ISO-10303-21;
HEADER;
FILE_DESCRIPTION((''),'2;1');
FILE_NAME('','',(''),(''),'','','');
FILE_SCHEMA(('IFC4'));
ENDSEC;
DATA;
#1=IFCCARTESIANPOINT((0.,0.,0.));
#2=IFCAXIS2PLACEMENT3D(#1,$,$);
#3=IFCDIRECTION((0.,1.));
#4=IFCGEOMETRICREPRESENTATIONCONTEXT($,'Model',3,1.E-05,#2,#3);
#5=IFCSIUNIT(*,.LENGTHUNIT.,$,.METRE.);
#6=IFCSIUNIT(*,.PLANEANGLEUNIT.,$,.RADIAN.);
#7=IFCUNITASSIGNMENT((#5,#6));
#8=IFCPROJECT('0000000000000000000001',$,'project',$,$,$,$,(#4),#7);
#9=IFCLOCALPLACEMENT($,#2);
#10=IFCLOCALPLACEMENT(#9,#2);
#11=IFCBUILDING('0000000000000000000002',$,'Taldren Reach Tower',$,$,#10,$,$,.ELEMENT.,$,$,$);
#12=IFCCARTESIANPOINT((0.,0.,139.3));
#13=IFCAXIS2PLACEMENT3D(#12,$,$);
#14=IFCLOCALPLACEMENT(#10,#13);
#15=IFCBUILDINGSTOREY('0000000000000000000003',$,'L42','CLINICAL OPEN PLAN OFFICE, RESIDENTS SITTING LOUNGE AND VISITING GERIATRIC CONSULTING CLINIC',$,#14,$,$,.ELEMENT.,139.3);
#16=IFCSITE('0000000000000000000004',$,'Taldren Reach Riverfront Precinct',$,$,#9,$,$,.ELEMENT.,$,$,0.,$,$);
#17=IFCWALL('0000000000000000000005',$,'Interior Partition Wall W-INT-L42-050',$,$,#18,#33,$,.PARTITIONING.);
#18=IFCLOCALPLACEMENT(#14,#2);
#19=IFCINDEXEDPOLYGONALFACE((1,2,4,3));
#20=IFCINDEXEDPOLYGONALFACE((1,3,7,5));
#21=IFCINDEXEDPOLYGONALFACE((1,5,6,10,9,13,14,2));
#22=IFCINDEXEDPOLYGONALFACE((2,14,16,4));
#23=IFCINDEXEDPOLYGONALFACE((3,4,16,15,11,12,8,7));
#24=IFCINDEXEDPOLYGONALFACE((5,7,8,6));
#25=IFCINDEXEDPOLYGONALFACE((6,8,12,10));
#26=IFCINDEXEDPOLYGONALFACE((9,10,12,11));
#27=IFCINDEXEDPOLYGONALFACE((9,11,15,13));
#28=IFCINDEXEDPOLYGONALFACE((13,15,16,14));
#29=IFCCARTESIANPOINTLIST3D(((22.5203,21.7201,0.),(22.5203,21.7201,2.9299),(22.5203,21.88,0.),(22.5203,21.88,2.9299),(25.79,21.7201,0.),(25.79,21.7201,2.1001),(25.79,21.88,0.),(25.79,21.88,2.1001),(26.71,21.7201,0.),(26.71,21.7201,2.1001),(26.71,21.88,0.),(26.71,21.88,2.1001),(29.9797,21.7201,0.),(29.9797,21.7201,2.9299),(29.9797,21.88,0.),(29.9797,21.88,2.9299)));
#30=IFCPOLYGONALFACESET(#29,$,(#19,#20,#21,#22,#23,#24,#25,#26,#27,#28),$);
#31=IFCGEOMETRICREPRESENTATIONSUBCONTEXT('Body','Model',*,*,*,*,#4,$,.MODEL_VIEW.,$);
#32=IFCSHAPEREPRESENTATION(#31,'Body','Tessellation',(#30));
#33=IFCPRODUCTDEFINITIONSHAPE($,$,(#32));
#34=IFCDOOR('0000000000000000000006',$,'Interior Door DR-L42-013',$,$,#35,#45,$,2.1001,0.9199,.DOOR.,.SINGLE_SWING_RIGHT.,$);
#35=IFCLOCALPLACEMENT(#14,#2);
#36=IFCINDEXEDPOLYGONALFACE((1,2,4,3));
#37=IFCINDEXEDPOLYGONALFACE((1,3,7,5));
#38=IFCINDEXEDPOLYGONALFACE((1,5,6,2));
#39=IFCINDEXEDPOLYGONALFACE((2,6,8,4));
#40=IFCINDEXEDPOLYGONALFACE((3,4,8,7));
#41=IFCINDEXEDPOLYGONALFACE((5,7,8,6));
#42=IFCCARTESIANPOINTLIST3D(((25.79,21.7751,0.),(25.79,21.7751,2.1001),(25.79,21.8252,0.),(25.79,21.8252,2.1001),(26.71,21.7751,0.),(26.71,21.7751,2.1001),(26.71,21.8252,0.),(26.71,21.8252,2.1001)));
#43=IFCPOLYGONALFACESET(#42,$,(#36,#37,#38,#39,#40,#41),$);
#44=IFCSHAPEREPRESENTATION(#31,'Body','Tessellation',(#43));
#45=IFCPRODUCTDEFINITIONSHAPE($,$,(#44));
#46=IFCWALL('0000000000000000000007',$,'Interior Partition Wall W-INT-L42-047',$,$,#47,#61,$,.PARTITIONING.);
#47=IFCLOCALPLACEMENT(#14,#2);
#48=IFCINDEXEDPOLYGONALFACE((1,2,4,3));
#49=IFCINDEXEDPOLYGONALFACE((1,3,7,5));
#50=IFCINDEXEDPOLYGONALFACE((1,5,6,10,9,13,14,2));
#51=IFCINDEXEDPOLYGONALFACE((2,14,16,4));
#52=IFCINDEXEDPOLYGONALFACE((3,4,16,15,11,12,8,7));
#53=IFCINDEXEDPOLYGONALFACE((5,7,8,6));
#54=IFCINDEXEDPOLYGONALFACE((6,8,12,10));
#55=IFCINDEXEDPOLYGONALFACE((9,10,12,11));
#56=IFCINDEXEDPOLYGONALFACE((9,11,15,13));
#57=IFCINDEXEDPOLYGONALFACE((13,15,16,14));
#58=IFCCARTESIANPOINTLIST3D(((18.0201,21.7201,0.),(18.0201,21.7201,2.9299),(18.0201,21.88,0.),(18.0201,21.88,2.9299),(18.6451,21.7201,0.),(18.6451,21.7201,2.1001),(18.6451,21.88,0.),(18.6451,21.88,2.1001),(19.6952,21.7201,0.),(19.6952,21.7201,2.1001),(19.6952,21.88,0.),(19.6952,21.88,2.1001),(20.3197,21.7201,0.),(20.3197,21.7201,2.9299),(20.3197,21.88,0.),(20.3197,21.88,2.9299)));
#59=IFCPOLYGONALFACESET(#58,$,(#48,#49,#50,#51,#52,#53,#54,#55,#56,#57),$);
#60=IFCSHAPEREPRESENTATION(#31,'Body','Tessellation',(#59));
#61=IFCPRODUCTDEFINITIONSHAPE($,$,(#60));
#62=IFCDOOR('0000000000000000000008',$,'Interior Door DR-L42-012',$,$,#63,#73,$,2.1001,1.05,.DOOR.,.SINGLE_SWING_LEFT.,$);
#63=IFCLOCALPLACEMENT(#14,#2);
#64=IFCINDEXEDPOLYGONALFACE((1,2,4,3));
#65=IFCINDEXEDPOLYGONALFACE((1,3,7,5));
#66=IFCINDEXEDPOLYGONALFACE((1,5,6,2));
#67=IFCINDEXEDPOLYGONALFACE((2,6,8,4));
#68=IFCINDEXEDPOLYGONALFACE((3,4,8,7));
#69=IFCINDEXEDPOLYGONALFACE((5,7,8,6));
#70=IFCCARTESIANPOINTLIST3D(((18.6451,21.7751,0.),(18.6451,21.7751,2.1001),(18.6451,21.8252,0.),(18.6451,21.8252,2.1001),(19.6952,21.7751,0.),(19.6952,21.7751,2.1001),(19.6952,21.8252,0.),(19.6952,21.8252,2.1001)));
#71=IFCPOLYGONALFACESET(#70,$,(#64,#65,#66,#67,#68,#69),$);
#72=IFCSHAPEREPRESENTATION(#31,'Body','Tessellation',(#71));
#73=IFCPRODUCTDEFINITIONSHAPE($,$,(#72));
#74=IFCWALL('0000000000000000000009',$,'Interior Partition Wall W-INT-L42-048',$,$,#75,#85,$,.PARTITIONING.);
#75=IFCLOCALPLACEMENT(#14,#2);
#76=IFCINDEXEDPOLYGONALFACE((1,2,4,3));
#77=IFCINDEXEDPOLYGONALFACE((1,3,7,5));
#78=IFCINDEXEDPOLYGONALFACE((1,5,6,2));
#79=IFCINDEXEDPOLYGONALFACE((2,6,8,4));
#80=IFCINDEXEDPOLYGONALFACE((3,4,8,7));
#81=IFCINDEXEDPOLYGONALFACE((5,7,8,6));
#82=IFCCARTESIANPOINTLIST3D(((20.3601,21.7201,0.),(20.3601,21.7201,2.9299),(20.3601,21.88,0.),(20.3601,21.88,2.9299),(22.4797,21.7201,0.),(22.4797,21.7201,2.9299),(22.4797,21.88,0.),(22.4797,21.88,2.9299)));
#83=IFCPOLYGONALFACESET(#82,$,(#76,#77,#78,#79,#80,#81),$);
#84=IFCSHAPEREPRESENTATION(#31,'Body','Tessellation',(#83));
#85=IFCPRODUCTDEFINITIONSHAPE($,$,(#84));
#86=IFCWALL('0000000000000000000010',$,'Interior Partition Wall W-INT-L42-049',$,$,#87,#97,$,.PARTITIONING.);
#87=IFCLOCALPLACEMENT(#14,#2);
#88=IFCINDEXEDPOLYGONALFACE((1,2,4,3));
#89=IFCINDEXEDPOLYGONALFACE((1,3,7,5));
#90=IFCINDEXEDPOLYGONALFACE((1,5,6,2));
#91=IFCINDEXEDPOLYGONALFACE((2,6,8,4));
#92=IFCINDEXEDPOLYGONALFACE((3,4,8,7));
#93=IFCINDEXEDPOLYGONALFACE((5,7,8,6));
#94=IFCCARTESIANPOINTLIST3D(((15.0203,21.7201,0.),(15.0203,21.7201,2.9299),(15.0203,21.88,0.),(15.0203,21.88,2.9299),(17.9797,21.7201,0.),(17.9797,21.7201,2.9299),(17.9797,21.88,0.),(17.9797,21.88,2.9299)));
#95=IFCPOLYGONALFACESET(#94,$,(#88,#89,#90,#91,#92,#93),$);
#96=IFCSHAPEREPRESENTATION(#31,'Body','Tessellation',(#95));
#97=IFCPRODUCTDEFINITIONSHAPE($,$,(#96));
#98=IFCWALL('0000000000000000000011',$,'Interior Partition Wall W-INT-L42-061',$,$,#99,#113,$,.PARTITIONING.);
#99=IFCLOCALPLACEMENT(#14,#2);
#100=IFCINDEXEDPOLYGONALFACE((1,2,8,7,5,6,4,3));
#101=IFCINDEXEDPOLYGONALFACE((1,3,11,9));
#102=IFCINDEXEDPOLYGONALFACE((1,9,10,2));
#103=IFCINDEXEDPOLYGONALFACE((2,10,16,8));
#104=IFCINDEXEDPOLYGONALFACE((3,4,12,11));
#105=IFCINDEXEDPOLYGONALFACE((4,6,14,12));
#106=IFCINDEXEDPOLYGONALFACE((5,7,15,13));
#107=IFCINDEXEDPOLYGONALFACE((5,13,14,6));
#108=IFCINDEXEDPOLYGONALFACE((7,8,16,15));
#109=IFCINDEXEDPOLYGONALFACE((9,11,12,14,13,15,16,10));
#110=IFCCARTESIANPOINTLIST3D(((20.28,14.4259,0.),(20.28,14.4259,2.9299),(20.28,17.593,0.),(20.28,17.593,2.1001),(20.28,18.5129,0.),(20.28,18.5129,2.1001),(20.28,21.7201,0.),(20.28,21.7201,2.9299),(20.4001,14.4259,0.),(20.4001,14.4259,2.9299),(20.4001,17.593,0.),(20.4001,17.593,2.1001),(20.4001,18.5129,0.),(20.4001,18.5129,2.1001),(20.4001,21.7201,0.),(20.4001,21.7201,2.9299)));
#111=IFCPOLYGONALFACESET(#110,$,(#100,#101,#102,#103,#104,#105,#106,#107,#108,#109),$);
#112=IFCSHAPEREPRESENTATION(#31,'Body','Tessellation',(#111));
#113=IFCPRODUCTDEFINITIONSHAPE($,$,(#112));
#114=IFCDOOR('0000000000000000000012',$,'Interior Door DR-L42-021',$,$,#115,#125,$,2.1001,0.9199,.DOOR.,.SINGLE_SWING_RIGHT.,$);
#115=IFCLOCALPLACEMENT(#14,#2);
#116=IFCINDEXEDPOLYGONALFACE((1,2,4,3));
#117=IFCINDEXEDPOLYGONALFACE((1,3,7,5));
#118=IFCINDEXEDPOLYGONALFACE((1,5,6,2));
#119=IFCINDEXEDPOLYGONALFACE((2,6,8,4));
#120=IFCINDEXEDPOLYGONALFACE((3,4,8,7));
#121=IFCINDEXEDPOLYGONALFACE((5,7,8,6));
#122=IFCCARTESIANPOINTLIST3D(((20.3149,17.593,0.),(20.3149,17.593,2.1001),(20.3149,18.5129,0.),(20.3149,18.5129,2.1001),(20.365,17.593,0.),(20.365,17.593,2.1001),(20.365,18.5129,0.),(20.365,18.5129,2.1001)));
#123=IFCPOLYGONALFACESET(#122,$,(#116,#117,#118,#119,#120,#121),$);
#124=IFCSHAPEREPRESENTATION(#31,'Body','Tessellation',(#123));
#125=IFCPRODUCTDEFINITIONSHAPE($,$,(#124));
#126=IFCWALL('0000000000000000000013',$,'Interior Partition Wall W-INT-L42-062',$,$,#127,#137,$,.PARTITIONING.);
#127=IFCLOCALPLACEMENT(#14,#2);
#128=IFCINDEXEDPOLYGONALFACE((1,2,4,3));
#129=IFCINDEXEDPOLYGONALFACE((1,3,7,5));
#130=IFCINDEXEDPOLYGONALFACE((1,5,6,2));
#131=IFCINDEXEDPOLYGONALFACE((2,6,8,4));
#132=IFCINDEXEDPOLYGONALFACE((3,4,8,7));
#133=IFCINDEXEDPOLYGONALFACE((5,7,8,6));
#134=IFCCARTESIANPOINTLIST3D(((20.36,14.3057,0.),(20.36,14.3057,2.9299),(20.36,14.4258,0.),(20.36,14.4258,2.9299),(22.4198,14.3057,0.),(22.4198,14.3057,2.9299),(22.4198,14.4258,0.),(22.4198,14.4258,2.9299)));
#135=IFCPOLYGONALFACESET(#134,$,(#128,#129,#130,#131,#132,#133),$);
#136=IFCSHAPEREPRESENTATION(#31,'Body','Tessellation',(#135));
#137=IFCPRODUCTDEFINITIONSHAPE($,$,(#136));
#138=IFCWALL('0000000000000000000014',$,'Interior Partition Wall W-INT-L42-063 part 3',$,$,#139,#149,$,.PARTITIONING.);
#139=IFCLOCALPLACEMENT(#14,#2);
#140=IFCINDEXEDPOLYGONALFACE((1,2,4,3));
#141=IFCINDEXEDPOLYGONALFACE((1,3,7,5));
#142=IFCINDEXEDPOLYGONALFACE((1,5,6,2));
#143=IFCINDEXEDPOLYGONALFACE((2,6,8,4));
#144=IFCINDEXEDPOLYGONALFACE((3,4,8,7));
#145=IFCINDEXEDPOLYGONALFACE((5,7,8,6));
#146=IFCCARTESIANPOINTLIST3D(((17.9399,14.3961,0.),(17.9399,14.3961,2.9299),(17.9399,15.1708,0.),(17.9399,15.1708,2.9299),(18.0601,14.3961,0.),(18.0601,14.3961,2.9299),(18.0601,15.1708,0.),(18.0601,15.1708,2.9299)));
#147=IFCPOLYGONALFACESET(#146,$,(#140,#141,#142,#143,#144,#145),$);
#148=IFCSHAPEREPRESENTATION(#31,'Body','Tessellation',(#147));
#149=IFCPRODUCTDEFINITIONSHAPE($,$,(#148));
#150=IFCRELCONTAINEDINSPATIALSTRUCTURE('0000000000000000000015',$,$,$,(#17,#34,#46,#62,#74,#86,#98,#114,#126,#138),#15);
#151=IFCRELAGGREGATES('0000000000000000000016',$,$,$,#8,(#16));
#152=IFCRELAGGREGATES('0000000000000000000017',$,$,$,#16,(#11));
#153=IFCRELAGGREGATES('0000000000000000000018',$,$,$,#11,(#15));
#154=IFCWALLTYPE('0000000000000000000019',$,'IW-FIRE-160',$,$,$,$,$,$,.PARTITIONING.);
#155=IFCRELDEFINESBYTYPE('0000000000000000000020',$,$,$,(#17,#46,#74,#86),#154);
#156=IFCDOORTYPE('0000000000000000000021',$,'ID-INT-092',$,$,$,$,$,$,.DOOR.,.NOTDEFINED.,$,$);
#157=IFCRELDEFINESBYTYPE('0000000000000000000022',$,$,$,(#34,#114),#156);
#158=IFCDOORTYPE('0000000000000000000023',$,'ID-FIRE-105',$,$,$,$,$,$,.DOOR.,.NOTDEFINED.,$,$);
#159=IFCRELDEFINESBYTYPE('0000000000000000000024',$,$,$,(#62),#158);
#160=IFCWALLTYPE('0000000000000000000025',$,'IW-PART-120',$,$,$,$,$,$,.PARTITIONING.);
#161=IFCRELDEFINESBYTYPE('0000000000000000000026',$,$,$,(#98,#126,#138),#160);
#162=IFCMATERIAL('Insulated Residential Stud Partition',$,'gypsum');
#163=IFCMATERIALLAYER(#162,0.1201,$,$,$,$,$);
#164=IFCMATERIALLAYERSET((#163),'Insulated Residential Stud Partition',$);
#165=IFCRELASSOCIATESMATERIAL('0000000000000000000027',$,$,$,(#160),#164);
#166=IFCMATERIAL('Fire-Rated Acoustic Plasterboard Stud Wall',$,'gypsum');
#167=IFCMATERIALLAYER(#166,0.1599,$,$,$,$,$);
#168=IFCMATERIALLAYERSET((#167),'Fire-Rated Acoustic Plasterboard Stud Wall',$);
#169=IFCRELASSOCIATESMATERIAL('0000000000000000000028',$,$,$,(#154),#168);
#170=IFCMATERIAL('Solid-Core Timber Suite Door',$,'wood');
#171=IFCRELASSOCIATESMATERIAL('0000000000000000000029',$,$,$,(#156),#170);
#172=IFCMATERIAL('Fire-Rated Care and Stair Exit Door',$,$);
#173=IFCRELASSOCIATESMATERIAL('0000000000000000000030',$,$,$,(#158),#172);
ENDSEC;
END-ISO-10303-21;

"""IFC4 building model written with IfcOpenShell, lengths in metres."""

from ifc_helpers import new_model, si_unit, direction, frame, frame_2d, origin, place, context, subcontext, project, spatial, rectangle, extrude, source, transform, mapped, material, layer, layer_set, type_object, element, fill, save


model = new_model("IFC4")

# Units and contexts
model_context = context("Model", 3, precision=1e-05, world=origin(), true_north=direction((0.0, 1.0)))
body_context = subcontext(model_context, "Body", "Model", "MODEL_VIEW")
ifc_project = project(units=[si_unit("LENGTHUNIT", "METRE"), si_unit("PLANEANGLEUNIT", "RADIAN")], contexts=[model_context])

# Site, building, storey
site_placement = place(None, origin())
site = spatial("IfcSite", under=ifc_project, at=site_placement, Name="Taldren Reach Riverfront Precinct", CompositionType="ELEMENT", RefElevation=0.0)
building_placement = place(site_placement, origin())
building = spatial("IfcBuilding", under=site, at=building_placement, Name="Taldren Reach Tower", CompositionType="ELEMENT")
storey_placement = place(building_placement, frame((0.0, 0.0, 139.3)))
storey = spatial("IfcBuildingStorey", under=building, at=storey_placement, Name="L42", Description="CLINICAL OPEN PLAN OFFICE, RESIDENTS SITTING LOUNGE AND VISITING GERIATRIC CONSULTING CLINIC", CompositionType="ELEMENT", Elevation=139.3)

# Shared definitions
ifc_material_1 = material(Name="Insulated Residential Stud Partition", Category="gypsum")
ifc_layer_1 = layer(ifc_material_1, 0.1201)
ifc_layer_set_1 = layer_set([ifc_layer_1], Name="Insulated Residential Stud Partition")
wall_type_1 = type_object("IfcWallType", Name="IW-PART-120", PredefinedType="PARTITIONING", material=ifc_layer_set_1)

# Walls, openings, doors
ifc_material_2 = material(Name="Fire-Rated Acoustic Plasterboard Stud Wall", Category="gypsum")
ifc_layer_2 = layer(ifc_material_2, 0.1599)
ifc_layer_set_2 = layer_set([ifc_layer_2], Name="Fire-Rated Acoustic Plasterboard Stud Wall")
wall_type_2 = type_object("IfcWallType", Name="IW-FIRE-160", PredefinedType="PARTITIONING", material=ifc_layer_set_2)
shared_shape_1 = source(origin(), body_context, "Body", "SweptSolid", [
    extrude(rectangle(XDim=7.4595, YDim=0.1599, at=frame_2d((3.7297, 0.0))), origin(), (0.0, 0.0, 1.0), 2.9299),
])
wall_1_placement = place(storey_placement, frame((29.9797, 21.8, 0.0), z_axis=(0.0, 0.0, 1.0), x_axis=(-1.0, 0.0, 0.0)))
wall_1 = element("IfcWall", 1, at=wall_1_placement, inside=storey, type_object=wall_type_2, Name="Interior Partition Wall W-INT-L42-050", PredefinedType="PARTITIONING", context=body_context, shape_type="MappedRepresentation", body=[
    mapped(shared_shape_1, transform((0.0, 0.0, 0.0), scale=1.0)),
])
shared_shape_2 = source(origin(), body_context, "Body", "SweptSolid", [
    extrude(rectangle(XDim=0.9199, YDim=2.1001, at=frame_2d((0.46, 1.05))), frame((0.0, 0.0898, 0.0), z_axis=(0.0, -1.0, 0.0), x_axis=(1.0, 0.0, 0.0)), (0.0, 0.0, 1.0), 0.1799),
])
opening_1_placement = place(wall_1_placement, frame((3.2698, 0.0, 0.0)))
opening_1 = element("IfcOpeningElement", 2, at=opening_1_placement, cuts=wall_1, PredefinedType="OPENING", context=body_context, shape_type="MappedRepresentation", body=[
    mapped(shared_shape_2, transform((0.0, 0.0, 0.0), scale=1.0)),
])
ifc_material_3 = material(Name="Solid-Core Timber Suite Door", Category="wood")
door_type_1 = type_object("IfcDoorType", Name="ID-INT-092", OperationType="NOTDEFINED", PredefinedType="DOOR", material=ifc_material_3)
shared_shape_3 = source(origin(), body_context, "Body", "SweptSolid", [
    extrude(rectangle(XDim=0.9199, YDim=2.1001, at=frame_2d((0.46, 1.05))), frame((0.0, 0.0249, 0.0), z_axis=(0.0, -1.0, 0.0), x_axis=(1.0, 0.0, 0.0)), (0.0, 0.0, 1.0), 0.05),
])
door_1_placement = place(opening_1_placement, origin())
door_1 = element("IfcDoor", 3, at=door_1_placement, inside=storey, type_object=door_type_1, Name="Interior Door DR-L42-013", OperationType="SINGLE_SWING_RIGHT", OverallHeight=2.1001, OverallWidth=0.9199, PredefinedType="DOOR", context=body_context, shape_type="MappedRepresentation", body=[
    mapped(shared_shape_3, transform((0.0, 0.0, 0.0), scale=1.0)),
])
fill(opening_1, door_1)
shared_shape_4 = source(origin(), body_context, "Body", "SweptSolid", [
    extrude(rectangle(XDim=2.2996, YDim=0.1599, at=frame_2d((1.1499, 0.0))), origin(), (0.0, 0.0, 1.0), 2.9299),
])
wall_2_placement = place(storey_placement, frame((20.3198, 21.8, 0.0), z_axis=(0.0, 0.0, 1.0), x_axis=(-1.0, 0.0, 0.0)))
wall_2 = element("IfcWall", 4, at=wall_2_placement, inside=storey, type_object=wall_type_2, Name="Interior Partition Wall W-INT-L42-047", PredefinedType="PARTITIONING", context=body_context, shape_type="MappedRepresentation", body=[
    mapped(shared_shape_4, transform((0.0, 0.0, 0.0), scale=1.0)),
])
shared_shape_5 = source(origin(), body_context, "Body", "SweptSolid", [
    extrude(rectangle(XDim=1.05, YDim=2.1001, at=frame_2d((0.5249, 1.05))), frame((0.0, 0.0898, 0.0), z_axis=(0.0, -1.0, 0.0), x_axis=(1.0, 0.0, 0.0)), (0.0, 0.0, 1.0), 0.1799),
])
opening_2_placement = place(wall_2_placement, frame((0.6248, 0.0, 0.0)))
opening_2 = element("IfcOpeningElement", 5, at=opening_2_placement, cuts=wall_2, PredefinedType="OPENING", context=body_context, shape_type="MappedRepresentation", body=[
    mapped(shared_shape_5, transform((0.0, 0.0, 0.0), scale=1.0)),
])
ifc_material_4 = material(Name="Fire-Rated Care and Stair Exit Door")
door_type_2 = type_object("IfcDoorType", Name="ID-FIRE-105", OperationType="NOTDEFINED", PredefinedType="DOOR", material=ifc_material_4)
shared_shape_6 = source(origin(), body_context, "Body", "SweptSolid", [
    extrude(rectangle(XDim=1.05, YDim=2.1001, at=frame_2d((0.5249, 1.05))), frame((0.0, 0.0249, 0.0), z_axis=(0.0, -1.0, 0.0), x_axis=(1.0, 0.0, 0.0)), (0.0, 0.0, 1.0), 0.05),
])
door_2_placement = place(opening_2_placement, origin())
door_2 = element("IfcDoor", 6, at=door_2_placement, inside=storey, type_object=door_type_2, Name="Interior Door DR-L42-012", OperationType="SINGLE_SWING_LEFT", OverallHeight=2.1001, OverallWidth=1.05, PredefinedType="DOOR", context=body_context, shape_type="MappedRepresentation", body=[
    mapped(shared_shape_6, transform((0.0, 0.0, 0.0), scale=1.0)),
])
fill(opening_2, door_2)

# Walls
shared_shape_7 = source(origin(), body_context, "Body", "SweptSolid", [
    extrude(rectangle(XDim=2.1196, YDim=0.1599, at=frame_2d((1.0598, 0.0))), origin(), (0.0, 0.0, 1.0), 2.9299),
])
wall_3_placement = place(storey_placement, frame((22.4797, 21.8, 0.0), z_axis=(0.0, 0.0, 1.0), x_axis=(-1.0, 0.0, 0.0)))
element("IfcWall", 7, at=wall_3_placement, inside=storey, type_object=wall_type_2, Name="Interior Partition Wall W-INT-L42-048", PredefinedType="PARTITIONING", context=body_context, shape_type="MappedRepresentation", body=[
    mapped(shared_shape_7, transform((0.0, 0.0, 0.0), scale=1.0)),
])
shared_shape_8 = source(origin(), body_context, "Body", "SweptSolid", [
    extrude(rectangle(XDim=2.9595, YDim=0.1599, at=frame_2d((1.4797, 0.0))), origin(), (0.0, 0.0, 1.0), 2.9299),
])
wall_4_placement = place(storey_placement, frame((17.9797, 21.8, 0.0), z_axis=(0.0, 0.0, 1.0), x_axis=(-1.0, 0.0, 0.0)))
element("IfcWall", 8, at=wall_4_placement, inside=storey, type_object=wall_type_2, Name="Interior Partition Wall W-INT-L42-049", PredefinedType="PARTITIONING", context=body_context, shape_type="MappedRepresentation", body=[
    mapped(shared_shape_8, transform((0.0, 0.0, 0.0), scale=1.0)),
])

# Wall, opening, door
shared_shape_9 = source(origin(), body_context, "Body", "SweptSolid", [
    extrude(rectangle(XDim=7.2942, YDim=0.1201, at=frame_2d((3.647, 0.0))), origin(), (0.0, 0.0, 1.0), 2.9299),
])
wall_5_placement = place(storey_placement, frame((20.3401, 21.72, 0.0), z_axis=(0.0, 0.0, 1.0), x_axis=(0.0, -1.0, 0.0)))
wall_5 = element("IfcWall", 9, at=wall_5_placement, inside=storey, type_object=wall_type_1, Name="Interior Partition Wall W-INT-L42-061", PredefinedType="PARTITIONING", context=body_context, shape_type="MappedRepresentation", body=[
    mapped(shared_shape_9, transform((0.0, 0.0, 0.0), scale=1.0)),
])
shared_shape_10 = source(origin(), body_context, "Body", "SweptSolid", [
    extrude(rectangle(XDim=0.9199, YDim=2.1001, at=frame_2d((0.46, 1.05))), frame((0.0, 0.0701, 0.0), z_axis=(0.0, -1.0, 0.0), x_axis=(1.0, 0.0, 0.0)), (0.0, 0.0, 1.0), 0.1401),
])
opening_3_placement = place(wall_5_placement, frame((3.207, 0.0, 0.0)))
opening_3 = element("IfcOpeningElement", 10, at=opening_3_placement, cuts=wall_5, PredefinedType="OPENING", context=body_context, shape_type="MappedRepresentation", body=[
    mapped(shared_shape_10, transform((0.0, 0.0, 0.0), scale=1.0)),
])
door_3_placement = place(opening_3_placement, origin())
door_3 = element("IfcDoor", 11, at=door_3_placement, inside=storey, type_object=door_type_1, Name="Interior Door DR-L42-021", OperationType="SINGLE_SWING_RIGHT", OverallHeight=2.1001, OverallWidth=0.9199, PredefinedType="DOOR", context=body_context, shape_type="MappedRepresentation", body=[
    mapped(shared_shape_3, transform((0.0, 0.0, 0.0), scale=1.0)),
])
fill(opening_3, door_3)

# Walls
shared_shape_11 = source(origin(), body_context, "Body", "SweptSolid", [
    extrude(rectangle(XDim=2.0598, YDim=0.1201, at=frame_2d((1.0298, 0.0))), origin(), (0.0, 0.0, 1.0), 2.9299),
])
wall_6_placement = place(storey_placement, frame((20.3601, 14.3657, 0.0), z_axis=(0.0, 0.0, 1.0), x_axis=(1.0, 0.0, 0.0)))
element("IfcWall", 12, at=wall_6_placement, inside=storey, type_object=wall_type_1, Name="Interior Partition Wall W-INT-L42-062", PredefinedType="PARTITIONING", context=body_context, shape_type="MappedRepresentation", body=[
    mapped(shared_shape_11, transform((0.0, 0.0, 0.0), scale=1.0)),
])
shared_shape_12 = source(origin(), body_context, "Body", "SweptSolid", [
    extrude(rectangle(XDim=0.7747, YDim=0.1201, at=frame_2d((0.3872, 0.0))), origin(), (0.0, 0.0, 1.0), 2.9299),
])
wall_7_placement = place(storey_placement, frame((18.0, 14.3962, 0.0), z_axis=(0.0, 0.0, 1.0), x_axis=(0.0, 1.0, 0.0)))
element("IfcWall", 13, at=wall_7_placement, inside=storey, type_object=wall_type_1, Name="Interior Partition Wall W-INT-L42-063 part 3", PredefinedType="PARTITIONING", context=body_context, shape_type="MappedRepresentation", body=[
    mapped(shared_shape_12, transform((0.0, 0.0, 0.0), scale=1.0)),
])

save(model, "model.ifc")
